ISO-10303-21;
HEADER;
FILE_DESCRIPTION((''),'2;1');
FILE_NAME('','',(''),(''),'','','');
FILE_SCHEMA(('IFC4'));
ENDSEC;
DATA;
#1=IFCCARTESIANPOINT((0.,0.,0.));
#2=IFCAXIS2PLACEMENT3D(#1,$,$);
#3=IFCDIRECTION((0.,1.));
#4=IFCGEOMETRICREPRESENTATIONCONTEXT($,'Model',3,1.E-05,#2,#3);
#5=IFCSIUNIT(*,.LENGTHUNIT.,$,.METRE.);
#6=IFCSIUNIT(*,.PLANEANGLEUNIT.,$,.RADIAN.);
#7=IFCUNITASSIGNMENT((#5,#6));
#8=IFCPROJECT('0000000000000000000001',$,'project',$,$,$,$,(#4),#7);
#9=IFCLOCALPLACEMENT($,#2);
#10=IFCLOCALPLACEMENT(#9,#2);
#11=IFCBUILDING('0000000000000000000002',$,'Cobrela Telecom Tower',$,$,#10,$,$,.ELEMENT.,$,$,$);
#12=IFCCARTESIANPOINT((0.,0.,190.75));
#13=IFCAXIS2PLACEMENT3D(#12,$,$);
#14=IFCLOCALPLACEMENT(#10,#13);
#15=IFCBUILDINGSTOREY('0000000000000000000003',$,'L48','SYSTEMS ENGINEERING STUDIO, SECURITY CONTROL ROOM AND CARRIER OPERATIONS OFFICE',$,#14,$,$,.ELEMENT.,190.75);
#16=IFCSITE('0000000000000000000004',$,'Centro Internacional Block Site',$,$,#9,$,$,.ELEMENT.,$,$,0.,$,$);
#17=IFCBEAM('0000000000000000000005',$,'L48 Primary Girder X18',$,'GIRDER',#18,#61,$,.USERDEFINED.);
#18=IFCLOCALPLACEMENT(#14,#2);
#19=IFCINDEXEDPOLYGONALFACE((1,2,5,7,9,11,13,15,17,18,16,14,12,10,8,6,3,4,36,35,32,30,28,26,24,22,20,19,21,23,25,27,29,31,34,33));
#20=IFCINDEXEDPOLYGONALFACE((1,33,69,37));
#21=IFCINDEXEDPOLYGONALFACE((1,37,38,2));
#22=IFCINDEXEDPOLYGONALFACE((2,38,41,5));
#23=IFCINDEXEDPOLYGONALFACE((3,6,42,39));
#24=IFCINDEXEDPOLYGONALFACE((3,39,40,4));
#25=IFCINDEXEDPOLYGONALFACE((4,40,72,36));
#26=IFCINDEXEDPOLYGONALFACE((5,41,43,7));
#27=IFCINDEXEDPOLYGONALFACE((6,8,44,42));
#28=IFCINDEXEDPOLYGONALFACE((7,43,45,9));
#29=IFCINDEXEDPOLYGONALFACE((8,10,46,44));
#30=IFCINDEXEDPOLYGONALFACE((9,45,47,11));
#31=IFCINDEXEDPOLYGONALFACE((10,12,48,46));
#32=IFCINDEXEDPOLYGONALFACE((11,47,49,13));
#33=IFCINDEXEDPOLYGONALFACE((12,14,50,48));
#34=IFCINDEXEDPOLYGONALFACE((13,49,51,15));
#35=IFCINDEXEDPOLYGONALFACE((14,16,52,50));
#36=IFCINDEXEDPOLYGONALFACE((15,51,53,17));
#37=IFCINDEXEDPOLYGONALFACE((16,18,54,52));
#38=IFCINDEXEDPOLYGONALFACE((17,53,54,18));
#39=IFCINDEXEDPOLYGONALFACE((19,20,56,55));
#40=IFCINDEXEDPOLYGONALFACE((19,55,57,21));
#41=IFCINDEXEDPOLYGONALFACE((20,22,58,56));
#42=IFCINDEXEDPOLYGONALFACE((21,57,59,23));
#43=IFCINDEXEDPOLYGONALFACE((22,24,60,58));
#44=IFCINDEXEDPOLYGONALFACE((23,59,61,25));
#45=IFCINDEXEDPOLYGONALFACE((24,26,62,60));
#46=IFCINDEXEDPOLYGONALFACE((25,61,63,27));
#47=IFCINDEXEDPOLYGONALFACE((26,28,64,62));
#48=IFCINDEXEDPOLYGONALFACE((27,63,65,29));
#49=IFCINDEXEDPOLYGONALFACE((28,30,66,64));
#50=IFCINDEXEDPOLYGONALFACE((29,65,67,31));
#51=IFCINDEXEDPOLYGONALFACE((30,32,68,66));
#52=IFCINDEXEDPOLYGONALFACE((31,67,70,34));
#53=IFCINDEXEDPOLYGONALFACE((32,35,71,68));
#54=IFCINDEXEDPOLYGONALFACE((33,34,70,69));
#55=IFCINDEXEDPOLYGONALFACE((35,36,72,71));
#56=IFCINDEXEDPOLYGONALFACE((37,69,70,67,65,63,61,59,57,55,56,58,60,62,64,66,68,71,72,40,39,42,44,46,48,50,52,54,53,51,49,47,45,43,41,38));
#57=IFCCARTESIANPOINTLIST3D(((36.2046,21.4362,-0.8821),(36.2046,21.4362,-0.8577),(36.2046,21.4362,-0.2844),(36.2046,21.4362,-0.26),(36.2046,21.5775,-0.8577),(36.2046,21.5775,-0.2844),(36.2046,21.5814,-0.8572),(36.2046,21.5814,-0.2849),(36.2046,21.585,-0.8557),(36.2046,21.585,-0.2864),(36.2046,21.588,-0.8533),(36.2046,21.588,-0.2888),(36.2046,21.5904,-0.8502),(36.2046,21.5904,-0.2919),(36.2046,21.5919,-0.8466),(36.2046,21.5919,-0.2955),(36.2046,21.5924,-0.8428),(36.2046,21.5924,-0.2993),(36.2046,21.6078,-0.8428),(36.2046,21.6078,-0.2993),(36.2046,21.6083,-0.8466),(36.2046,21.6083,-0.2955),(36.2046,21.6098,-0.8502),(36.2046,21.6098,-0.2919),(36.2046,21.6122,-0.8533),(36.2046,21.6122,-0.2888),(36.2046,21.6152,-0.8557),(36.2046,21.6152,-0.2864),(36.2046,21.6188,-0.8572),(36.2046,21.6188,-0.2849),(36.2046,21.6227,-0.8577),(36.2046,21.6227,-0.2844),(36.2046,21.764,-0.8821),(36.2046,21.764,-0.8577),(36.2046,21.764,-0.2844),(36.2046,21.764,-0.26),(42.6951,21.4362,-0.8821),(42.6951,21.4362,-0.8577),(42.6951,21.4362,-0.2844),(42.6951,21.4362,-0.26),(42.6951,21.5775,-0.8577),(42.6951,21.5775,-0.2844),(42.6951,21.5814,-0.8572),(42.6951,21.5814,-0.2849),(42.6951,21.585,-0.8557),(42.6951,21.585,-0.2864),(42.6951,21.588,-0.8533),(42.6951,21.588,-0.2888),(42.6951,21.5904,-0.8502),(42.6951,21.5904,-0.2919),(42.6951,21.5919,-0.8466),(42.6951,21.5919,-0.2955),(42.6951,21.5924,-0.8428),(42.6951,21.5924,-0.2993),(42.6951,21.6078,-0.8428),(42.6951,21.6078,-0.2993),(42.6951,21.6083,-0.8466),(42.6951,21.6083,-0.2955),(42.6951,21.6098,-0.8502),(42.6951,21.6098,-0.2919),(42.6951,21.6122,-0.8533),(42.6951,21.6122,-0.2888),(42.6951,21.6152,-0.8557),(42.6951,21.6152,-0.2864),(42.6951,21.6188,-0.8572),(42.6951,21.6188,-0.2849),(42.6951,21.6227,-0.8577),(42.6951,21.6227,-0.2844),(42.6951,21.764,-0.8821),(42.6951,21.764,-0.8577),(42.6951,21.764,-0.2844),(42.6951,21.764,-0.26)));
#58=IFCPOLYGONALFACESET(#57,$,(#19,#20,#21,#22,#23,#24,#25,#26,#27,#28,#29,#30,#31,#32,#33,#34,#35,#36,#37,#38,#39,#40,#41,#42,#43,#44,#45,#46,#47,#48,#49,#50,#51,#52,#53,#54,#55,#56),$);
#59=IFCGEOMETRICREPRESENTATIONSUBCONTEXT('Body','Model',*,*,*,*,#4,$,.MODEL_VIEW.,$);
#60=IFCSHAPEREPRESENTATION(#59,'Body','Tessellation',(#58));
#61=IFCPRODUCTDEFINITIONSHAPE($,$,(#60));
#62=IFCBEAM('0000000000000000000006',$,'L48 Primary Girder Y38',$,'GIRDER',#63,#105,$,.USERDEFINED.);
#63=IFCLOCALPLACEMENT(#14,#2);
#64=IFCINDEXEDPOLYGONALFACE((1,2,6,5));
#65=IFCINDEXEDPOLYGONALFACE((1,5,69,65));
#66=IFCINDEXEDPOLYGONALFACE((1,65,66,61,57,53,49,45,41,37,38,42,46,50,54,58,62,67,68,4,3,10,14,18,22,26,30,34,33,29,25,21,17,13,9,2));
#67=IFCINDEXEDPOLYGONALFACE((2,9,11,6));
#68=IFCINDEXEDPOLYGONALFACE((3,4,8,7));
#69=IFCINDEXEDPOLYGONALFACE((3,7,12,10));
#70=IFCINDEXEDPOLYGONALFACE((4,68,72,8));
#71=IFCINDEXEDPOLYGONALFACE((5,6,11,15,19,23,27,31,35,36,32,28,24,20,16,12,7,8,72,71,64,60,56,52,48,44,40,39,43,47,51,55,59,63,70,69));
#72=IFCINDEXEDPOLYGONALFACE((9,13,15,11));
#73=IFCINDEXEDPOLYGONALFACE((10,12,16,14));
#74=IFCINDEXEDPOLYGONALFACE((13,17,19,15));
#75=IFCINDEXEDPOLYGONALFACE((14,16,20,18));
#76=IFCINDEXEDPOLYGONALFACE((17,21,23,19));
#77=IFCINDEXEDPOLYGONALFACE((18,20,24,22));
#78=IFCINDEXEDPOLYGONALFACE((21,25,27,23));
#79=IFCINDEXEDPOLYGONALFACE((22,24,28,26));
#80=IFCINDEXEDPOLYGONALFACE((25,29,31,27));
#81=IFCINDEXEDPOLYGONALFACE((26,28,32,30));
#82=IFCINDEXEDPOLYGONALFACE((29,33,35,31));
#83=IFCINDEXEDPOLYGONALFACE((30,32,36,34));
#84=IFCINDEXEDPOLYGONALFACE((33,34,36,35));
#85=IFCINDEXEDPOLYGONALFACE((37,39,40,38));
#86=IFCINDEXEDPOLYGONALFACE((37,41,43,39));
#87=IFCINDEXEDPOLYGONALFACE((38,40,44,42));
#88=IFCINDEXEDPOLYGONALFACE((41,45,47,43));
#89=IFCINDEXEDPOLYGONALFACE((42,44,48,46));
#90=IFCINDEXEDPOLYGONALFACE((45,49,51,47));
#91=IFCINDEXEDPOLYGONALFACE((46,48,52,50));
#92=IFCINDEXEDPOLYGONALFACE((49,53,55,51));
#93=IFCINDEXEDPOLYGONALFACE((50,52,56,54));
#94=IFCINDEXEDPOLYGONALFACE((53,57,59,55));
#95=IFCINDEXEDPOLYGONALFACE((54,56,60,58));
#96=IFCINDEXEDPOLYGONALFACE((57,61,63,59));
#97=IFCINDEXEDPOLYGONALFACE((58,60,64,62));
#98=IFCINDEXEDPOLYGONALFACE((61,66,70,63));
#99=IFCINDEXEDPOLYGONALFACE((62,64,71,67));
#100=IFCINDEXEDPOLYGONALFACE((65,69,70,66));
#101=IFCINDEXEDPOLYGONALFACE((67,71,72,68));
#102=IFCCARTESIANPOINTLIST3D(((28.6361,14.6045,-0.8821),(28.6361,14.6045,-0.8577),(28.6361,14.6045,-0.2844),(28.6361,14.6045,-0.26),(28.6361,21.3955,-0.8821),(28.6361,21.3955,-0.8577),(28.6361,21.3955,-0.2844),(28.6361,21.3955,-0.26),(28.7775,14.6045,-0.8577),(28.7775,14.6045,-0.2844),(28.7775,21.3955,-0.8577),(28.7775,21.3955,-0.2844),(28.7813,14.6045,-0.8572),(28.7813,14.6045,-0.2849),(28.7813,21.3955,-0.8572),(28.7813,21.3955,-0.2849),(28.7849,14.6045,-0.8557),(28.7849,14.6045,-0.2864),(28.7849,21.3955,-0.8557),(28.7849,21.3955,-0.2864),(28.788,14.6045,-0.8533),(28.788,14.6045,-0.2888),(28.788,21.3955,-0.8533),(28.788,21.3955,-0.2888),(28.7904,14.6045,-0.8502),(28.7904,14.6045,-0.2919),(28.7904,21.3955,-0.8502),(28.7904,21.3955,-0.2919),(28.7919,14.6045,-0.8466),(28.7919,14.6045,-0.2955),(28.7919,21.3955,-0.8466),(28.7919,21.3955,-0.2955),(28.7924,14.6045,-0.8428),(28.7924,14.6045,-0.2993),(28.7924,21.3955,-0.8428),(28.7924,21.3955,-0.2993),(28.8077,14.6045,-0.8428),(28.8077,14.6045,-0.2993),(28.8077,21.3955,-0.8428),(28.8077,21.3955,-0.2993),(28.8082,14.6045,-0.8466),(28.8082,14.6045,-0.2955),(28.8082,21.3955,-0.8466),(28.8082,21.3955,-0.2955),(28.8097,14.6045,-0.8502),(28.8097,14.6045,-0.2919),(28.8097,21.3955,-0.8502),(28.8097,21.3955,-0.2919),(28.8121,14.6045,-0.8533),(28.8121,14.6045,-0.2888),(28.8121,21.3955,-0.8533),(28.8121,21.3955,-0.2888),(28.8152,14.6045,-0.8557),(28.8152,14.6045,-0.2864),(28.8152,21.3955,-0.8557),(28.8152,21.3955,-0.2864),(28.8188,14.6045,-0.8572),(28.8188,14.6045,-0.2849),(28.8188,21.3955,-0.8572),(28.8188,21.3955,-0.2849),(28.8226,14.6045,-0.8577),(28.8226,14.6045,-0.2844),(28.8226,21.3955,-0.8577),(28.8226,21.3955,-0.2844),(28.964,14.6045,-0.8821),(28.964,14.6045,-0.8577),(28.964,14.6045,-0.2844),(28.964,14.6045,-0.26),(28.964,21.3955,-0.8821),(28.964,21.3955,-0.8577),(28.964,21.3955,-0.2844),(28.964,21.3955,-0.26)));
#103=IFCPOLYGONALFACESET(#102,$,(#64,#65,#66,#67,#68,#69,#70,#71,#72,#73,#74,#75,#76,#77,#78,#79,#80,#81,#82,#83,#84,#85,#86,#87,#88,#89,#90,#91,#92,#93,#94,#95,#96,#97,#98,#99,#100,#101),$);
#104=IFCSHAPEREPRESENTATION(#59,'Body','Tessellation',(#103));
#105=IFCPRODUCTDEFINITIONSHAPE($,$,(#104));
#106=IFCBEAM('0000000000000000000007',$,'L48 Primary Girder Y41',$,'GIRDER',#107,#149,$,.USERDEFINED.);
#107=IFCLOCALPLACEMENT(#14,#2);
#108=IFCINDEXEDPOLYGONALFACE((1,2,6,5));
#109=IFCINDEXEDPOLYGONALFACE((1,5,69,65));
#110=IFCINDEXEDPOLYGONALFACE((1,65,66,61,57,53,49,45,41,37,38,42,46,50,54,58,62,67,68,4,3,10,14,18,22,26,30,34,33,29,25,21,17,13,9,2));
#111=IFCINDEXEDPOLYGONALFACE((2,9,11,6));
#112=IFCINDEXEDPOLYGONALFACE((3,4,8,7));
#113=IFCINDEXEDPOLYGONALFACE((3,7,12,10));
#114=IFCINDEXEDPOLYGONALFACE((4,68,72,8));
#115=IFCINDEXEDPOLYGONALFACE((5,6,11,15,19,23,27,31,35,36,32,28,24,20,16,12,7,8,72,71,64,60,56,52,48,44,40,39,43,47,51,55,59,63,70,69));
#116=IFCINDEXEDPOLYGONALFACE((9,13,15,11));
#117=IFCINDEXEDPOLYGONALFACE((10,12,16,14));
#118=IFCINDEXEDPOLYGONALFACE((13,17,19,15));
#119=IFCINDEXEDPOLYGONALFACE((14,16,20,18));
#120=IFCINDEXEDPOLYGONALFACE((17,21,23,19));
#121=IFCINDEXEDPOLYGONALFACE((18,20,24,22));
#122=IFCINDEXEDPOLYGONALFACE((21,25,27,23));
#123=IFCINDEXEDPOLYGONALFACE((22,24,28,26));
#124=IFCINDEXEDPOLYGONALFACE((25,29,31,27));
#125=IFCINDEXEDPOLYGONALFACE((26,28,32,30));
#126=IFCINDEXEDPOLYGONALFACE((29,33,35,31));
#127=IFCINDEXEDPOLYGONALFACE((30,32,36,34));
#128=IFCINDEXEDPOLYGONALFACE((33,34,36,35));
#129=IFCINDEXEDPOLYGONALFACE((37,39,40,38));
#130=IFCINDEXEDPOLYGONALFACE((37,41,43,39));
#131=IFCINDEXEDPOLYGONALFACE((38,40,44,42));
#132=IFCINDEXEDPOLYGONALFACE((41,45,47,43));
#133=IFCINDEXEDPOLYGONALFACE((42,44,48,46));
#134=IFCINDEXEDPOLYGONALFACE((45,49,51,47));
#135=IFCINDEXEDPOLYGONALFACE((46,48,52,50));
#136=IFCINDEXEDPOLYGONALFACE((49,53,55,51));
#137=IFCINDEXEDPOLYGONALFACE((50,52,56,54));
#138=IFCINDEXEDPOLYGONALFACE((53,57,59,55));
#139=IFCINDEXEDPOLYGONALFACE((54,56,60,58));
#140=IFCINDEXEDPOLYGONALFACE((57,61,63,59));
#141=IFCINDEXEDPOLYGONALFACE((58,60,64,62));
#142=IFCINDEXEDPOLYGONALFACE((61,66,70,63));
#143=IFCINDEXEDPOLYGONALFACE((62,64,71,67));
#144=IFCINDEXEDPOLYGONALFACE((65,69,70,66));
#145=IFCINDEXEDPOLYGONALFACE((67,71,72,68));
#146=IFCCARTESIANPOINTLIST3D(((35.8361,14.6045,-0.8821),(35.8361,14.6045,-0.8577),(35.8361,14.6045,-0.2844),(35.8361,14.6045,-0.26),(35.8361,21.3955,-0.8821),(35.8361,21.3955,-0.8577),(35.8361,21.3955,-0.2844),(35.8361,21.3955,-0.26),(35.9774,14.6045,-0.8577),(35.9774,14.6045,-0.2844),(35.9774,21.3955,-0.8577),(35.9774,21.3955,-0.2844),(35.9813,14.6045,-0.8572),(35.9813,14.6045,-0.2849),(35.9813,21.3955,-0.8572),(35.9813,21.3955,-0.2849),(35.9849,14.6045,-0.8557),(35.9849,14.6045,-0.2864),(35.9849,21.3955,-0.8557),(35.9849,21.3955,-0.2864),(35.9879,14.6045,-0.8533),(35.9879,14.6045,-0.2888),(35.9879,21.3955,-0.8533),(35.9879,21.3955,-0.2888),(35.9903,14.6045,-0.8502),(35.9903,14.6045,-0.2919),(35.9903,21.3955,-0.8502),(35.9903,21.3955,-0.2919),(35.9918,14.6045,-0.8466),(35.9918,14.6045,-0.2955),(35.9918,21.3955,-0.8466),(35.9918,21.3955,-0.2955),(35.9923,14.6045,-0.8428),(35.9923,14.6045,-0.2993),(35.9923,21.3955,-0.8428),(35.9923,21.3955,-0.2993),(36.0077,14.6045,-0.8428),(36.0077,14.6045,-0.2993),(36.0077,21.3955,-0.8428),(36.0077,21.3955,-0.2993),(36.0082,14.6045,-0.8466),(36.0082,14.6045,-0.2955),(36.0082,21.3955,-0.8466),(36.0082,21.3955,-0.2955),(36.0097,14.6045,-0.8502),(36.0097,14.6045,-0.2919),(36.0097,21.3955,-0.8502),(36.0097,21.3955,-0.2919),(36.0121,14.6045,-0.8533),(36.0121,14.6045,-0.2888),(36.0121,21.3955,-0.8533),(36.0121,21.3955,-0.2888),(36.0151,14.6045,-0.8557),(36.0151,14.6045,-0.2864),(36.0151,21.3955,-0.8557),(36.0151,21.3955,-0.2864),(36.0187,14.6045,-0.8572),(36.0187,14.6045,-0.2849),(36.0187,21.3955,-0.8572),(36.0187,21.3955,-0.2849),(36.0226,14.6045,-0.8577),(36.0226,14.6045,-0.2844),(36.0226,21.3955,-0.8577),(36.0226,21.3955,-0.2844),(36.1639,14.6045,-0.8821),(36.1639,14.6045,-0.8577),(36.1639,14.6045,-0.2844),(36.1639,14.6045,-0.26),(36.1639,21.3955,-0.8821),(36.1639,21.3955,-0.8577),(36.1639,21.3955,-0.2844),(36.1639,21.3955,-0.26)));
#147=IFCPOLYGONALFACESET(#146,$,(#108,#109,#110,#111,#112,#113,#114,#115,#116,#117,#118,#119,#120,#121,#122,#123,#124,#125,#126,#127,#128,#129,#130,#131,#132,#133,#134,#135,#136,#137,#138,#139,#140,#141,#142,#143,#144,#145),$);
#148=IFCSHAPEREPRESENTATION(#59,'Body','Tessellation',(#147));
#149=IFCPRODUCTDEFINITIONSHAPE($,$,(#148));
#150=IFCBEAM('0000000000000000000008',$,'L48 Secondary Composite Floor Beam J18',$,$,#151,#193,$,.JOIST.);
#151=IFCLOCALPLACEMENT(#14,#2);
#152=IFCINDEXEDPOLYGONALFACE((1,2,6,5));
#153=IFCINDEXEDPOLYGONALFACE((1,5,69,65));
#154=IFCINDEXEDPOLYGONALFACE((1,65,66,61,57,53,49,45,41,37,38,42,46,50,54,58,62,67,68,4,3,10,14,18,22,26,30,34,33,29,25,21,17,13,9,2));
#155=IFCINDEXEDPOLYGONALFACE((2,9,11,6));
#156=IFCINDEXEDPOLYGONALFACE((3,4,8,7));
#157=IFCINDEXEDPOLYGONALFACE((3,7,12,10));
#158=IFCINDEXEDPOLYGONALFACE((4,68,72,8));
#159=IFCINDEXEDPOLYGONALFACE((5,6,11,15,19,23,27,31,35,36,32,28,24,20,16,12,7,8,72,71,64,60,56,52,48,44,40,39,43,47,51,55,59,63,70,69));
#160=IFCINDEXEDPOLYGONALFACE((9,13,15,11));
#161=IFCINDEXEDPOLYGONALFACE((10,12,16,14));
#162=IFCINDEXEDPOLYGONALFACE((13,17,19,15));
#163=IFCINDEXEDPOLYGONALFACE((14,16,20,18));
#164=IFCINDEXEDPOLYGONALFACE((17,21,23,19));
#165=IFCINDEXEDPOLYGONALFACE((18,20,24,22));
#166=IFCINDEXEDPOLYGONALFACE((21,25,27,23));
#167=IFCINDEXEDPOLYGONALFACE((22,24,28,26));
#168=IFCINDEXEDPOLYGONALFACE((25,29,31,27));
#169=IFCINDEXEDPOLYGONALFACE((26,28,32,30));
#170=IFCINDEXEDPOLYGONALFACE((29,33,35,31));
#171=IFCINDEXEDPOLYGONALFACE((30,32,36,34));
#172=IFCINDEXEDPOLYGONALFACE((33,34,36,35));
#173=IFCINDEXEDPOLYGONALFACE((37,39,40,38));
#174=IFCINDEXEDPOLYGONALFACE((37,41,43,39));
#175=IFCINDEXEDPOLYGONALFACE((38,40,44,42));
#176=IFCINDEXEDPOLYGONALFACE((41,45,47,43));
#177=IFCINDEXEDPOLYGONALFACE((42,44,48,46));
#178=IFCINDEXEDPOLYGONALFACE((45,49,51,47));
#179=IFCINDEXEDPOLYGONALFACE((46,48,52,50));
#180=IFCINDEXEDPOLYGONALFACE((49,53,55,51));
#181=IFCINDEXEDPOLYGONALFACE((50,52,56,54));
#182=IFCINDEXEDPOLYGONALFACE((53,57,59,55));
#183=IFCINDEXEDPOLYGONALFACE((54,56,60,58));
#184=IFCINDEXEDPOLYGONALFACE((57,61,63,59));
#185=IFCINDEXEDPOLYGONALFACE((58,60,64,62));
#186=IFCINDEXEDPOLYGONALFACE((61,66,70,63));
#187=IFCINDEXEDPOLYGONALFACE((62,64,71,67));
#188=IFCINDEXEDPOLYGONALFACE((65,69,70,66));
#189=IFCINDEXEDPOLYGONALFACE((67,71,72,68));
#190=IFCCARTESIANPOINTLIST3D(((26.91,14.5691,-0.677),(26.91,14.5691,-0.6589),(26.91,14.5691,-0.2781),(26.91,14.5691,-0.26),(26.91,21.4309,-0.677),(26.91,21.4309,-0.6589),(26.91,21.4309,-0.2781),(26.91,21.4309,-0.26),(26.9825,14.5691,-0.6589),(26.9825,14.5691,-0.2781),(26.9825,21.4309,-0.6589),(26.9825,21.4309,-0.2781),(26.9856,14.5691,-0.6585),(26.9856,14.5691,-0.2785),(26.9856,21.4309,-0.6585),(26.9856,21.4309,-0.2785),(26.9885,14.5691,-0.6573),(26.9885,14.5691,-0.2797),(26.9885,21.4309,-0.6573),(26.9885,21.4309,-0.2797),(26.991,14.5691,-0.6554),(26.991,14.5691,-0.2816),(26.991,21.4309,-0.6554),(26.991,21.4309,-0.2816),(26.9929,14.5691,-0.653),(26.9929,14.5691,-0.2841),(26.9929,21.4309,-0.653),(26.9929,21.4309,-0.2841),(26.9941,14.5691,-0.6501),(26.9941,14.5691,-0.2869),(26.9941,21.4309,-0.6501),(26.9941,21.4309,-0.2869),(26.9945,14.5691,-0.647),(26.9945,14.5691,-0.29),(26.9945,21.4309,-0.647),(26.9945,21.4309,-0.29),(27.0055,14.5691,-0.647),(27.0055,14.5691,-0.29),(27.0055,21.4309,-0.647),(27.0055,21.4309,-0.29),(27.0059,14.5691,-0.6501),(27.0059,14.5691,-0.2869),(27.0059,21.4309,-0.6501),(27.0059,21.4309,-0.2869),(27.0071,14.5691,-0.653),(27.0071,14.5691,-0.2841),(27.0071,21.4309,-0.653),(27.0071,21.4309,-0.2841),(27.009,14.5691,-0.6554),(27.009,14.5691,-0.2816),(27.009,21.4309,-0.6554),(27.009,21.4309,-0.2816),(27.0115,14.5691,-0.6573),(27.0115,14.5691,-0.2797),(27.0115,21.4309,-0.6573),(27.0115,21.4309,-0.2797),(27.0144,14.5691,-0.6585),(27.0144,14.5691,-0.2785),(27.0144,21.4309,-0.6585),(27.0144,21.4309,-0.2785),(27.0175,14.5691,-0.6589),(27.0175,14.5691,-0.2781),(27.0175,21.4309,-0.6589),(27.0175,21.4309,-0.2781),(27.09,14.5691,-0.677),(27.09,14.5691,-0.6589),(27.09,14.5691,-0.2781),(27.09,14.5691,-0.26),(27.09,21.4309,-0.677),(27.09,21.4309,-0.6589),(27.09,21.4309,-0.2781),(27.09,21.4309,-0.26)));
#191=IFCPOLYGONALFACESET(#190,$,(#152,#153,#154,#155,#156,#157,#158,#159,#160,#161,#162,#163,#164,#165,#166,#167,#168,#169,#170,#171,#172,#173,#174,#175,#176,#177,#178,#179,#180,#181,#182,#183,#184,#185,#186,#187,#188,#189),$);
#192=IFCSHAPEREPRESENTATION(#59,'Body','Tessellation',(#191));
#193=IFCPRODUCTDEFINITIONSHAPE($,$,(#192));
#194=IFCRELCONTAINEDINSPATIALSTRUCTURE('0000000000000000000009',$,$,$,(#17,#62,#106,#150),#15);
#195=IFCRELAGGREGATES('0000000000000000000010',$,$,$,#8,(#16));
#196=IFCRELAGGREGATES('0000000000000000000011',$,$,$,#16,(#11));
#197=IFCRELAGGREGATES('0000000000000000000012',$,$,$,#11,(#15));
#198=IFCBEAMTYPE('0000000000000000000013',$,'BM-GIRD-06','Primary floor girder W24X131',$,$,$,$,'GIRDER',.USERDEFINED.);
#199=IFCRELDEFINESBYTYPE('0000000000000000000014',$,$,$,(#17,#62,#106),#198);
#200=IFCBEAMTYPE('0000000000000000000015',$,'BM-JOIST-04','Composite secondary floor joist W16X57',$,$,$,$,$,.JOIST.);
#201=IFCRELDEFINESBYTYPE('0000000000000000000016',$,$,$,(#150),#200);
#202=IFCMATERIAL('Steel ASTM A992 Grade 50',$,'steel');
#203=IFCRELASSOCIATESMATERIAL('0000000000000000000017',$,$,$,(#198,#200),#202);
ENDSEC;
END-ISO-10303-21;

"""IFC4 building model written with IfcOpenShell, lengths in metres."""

from ifc_helpers import new_model, si_unit, direction, frame, origin, origin_2d, place, context, subcontext, project, spatial, i_section, extrude, material, material_profile, profile_set, type_object, element, save


model = new_model("IFC4")

# Units and contexts
model_context = context("Model", 3, precision=1e-05, world=origin(), true_north=direction((0.0, 1.0)))
body_context = subcontext(model_context, "Body", "Model", "MODEL_VIEW")
ifc_project = project(units=[si_unit("LENGTHUNIT", "METRE"), si_unit("PLANEANGLEUNIT", "RADIAN")], contexts=[model_context])

# Site, building, storey
site_placement = place(None, origin())
site = spatial("IfcSite", under=ifc_project, at=site_placement, Name="Centro Internacional Block Site", CompositionType="ELEMENT", RefElevation=0.0)
building_placement = place(site_placement, origin())
building = spatial("IfcBuilding", under=site, at=building_placement, Name="Cobrela Telecom Tower", CompositionType="ELEMENT")
storey_placement = place(building_placement, frame((0.0, 0.0, 190.75)))
storey = spatial("IfcBuildingStorey", under=building, at=storey_placement, Name="L48", Description="SYSTEMS ENGINEERING STUDIO, SECURITY CONTROL ROOM AND CARRIER OPERATIONS OFFICE", CompositionType="ELEMENT", Elevation=190.75)

# Shared definitions
ifc_material_1 = material(Name="Steel ASTM A992 Grade 50", Category="steel")

# Beams
ifc_material_profile_1 = material_profile(ifc_material_1, i_section(OverallWidth=0.3279, OverallDepth=0.6221, WebThickness=0.0154, FlangeThickness=0.0244, FilletRadius=0.0149, at=origin_2d()), Name="W24X131")
ifc_profile_set_1 = profile_set([ifc_material_profile_1], Name="Steel ASTM A992 Grade 50")
beam_type_1 = type_object("IfcBeamType", Name="BM-GIRD-06", Description="Primary floor girder W24X131", ElementType="GIRDER", PredefinedType="USERDEFINED", material=ifc_profile_set_1)
beam_1_placement = place(storey_placement, frame((36.2046, 21.6001, -0.571), z_axis=(1.0, 0.0, 0.0), x_axis=(0.0, 1.0, 0.0)))
element("IfcBeam", 1, at=beam_1_placement, inside=storey, type_object=beam_type_1, Name="L48 Primary Girder X18", ObjectType="GIRDER", PredefinedType="USERDEFINED", context=body_context, shape_type="SweptSolid", body=[
    extrude(i_section(OverallWidth=0.3279, OverallDepth=0.6221, WebThickness=0.0154, FlangeThickness=0.0244, FilletRadius=0.0149, at=origin_2d()), origin(), (0.0, 0.0, 1.0), 6.4905),
])
for number, where, z_axis, x_axis, name in (
    (2, (28.8, 14.6045, -0.571), (0.0, 1.0, 0.0), (-1.0, 0.0, 0.0), "L48 Primary Girder Y38"),
    (3, (36.0, 14.6045, -0.571), (0.0, 1.0, 0.0), (-1.0, 0.0, 0.0), "L48 Primary Girder Y41"),
):
    element("IfcBeam", number, at=place(storey_placement, frame(where, z_axis=z_axis, x_axis=x_axis)), inside=storey, type_object=beam_type_1, Name=name, ObjectType="GIRDER", PredefinedType="USERDEFINED", context=body_context, shape_type="SweptSolid", body=[
        extrude(i_section(OverallWidth=0.3279, OverallDepth=0.6221, WebThickness=0.0154, FlangeThickness=0.0244, FilletRadius=0.0149, at=origin_2d()), origin(), (0.0, 0.0, 1.0), 6.791),
    ])
ifc_material_profile_2 = material_profile(ifc_material_1, i_section(OverallWidth=0.1799, OverallDepth=0.417, WebThickness=0.011, FlangeThickness=0.0181, FilletRadius=0.012, at=origin_2d()), Name="W16X57")
ifc_profile_set_2 = profile_set([ifc_material_profile_2], Name="Steel ASTM A992 Grade 50")
beam_type_2 = type_object("IfcBeamType", Name="BM-JOIST-04", Description="Composite secondary floor joist W16X57", PredefinedType="JOIST", material=ifc_profile_set_2)
for number, where, z_axis, x_axis, name in (
    (4, (27.0, 14.5691, -0.4685), (0.0, 1.0, 0.0), (-1.0, 0.0, 0.0), "L48 Secondary Composite Floor Beam J18"),
):
    element("IfcBeam", number, at=place(storey_placement, frame(where, z_axis=z_axis, x_axis=x_axis)), inside=storey, type_object=beam_type_2, Name=name, PredefinedType="JOIST", context=body_context, shape_type="SweptSolid", body=[
        extrude(i_section(OverallWidth=0.1799, OverallDepth=0.417, WebThickness=0.011, FlangeThickness=0.0181, FilletRadius=0.012, at=origin_2d()), origin(), (0.0, 0.0, 1.0), 6.8618),
    ])

save(model, "model.ifc")
